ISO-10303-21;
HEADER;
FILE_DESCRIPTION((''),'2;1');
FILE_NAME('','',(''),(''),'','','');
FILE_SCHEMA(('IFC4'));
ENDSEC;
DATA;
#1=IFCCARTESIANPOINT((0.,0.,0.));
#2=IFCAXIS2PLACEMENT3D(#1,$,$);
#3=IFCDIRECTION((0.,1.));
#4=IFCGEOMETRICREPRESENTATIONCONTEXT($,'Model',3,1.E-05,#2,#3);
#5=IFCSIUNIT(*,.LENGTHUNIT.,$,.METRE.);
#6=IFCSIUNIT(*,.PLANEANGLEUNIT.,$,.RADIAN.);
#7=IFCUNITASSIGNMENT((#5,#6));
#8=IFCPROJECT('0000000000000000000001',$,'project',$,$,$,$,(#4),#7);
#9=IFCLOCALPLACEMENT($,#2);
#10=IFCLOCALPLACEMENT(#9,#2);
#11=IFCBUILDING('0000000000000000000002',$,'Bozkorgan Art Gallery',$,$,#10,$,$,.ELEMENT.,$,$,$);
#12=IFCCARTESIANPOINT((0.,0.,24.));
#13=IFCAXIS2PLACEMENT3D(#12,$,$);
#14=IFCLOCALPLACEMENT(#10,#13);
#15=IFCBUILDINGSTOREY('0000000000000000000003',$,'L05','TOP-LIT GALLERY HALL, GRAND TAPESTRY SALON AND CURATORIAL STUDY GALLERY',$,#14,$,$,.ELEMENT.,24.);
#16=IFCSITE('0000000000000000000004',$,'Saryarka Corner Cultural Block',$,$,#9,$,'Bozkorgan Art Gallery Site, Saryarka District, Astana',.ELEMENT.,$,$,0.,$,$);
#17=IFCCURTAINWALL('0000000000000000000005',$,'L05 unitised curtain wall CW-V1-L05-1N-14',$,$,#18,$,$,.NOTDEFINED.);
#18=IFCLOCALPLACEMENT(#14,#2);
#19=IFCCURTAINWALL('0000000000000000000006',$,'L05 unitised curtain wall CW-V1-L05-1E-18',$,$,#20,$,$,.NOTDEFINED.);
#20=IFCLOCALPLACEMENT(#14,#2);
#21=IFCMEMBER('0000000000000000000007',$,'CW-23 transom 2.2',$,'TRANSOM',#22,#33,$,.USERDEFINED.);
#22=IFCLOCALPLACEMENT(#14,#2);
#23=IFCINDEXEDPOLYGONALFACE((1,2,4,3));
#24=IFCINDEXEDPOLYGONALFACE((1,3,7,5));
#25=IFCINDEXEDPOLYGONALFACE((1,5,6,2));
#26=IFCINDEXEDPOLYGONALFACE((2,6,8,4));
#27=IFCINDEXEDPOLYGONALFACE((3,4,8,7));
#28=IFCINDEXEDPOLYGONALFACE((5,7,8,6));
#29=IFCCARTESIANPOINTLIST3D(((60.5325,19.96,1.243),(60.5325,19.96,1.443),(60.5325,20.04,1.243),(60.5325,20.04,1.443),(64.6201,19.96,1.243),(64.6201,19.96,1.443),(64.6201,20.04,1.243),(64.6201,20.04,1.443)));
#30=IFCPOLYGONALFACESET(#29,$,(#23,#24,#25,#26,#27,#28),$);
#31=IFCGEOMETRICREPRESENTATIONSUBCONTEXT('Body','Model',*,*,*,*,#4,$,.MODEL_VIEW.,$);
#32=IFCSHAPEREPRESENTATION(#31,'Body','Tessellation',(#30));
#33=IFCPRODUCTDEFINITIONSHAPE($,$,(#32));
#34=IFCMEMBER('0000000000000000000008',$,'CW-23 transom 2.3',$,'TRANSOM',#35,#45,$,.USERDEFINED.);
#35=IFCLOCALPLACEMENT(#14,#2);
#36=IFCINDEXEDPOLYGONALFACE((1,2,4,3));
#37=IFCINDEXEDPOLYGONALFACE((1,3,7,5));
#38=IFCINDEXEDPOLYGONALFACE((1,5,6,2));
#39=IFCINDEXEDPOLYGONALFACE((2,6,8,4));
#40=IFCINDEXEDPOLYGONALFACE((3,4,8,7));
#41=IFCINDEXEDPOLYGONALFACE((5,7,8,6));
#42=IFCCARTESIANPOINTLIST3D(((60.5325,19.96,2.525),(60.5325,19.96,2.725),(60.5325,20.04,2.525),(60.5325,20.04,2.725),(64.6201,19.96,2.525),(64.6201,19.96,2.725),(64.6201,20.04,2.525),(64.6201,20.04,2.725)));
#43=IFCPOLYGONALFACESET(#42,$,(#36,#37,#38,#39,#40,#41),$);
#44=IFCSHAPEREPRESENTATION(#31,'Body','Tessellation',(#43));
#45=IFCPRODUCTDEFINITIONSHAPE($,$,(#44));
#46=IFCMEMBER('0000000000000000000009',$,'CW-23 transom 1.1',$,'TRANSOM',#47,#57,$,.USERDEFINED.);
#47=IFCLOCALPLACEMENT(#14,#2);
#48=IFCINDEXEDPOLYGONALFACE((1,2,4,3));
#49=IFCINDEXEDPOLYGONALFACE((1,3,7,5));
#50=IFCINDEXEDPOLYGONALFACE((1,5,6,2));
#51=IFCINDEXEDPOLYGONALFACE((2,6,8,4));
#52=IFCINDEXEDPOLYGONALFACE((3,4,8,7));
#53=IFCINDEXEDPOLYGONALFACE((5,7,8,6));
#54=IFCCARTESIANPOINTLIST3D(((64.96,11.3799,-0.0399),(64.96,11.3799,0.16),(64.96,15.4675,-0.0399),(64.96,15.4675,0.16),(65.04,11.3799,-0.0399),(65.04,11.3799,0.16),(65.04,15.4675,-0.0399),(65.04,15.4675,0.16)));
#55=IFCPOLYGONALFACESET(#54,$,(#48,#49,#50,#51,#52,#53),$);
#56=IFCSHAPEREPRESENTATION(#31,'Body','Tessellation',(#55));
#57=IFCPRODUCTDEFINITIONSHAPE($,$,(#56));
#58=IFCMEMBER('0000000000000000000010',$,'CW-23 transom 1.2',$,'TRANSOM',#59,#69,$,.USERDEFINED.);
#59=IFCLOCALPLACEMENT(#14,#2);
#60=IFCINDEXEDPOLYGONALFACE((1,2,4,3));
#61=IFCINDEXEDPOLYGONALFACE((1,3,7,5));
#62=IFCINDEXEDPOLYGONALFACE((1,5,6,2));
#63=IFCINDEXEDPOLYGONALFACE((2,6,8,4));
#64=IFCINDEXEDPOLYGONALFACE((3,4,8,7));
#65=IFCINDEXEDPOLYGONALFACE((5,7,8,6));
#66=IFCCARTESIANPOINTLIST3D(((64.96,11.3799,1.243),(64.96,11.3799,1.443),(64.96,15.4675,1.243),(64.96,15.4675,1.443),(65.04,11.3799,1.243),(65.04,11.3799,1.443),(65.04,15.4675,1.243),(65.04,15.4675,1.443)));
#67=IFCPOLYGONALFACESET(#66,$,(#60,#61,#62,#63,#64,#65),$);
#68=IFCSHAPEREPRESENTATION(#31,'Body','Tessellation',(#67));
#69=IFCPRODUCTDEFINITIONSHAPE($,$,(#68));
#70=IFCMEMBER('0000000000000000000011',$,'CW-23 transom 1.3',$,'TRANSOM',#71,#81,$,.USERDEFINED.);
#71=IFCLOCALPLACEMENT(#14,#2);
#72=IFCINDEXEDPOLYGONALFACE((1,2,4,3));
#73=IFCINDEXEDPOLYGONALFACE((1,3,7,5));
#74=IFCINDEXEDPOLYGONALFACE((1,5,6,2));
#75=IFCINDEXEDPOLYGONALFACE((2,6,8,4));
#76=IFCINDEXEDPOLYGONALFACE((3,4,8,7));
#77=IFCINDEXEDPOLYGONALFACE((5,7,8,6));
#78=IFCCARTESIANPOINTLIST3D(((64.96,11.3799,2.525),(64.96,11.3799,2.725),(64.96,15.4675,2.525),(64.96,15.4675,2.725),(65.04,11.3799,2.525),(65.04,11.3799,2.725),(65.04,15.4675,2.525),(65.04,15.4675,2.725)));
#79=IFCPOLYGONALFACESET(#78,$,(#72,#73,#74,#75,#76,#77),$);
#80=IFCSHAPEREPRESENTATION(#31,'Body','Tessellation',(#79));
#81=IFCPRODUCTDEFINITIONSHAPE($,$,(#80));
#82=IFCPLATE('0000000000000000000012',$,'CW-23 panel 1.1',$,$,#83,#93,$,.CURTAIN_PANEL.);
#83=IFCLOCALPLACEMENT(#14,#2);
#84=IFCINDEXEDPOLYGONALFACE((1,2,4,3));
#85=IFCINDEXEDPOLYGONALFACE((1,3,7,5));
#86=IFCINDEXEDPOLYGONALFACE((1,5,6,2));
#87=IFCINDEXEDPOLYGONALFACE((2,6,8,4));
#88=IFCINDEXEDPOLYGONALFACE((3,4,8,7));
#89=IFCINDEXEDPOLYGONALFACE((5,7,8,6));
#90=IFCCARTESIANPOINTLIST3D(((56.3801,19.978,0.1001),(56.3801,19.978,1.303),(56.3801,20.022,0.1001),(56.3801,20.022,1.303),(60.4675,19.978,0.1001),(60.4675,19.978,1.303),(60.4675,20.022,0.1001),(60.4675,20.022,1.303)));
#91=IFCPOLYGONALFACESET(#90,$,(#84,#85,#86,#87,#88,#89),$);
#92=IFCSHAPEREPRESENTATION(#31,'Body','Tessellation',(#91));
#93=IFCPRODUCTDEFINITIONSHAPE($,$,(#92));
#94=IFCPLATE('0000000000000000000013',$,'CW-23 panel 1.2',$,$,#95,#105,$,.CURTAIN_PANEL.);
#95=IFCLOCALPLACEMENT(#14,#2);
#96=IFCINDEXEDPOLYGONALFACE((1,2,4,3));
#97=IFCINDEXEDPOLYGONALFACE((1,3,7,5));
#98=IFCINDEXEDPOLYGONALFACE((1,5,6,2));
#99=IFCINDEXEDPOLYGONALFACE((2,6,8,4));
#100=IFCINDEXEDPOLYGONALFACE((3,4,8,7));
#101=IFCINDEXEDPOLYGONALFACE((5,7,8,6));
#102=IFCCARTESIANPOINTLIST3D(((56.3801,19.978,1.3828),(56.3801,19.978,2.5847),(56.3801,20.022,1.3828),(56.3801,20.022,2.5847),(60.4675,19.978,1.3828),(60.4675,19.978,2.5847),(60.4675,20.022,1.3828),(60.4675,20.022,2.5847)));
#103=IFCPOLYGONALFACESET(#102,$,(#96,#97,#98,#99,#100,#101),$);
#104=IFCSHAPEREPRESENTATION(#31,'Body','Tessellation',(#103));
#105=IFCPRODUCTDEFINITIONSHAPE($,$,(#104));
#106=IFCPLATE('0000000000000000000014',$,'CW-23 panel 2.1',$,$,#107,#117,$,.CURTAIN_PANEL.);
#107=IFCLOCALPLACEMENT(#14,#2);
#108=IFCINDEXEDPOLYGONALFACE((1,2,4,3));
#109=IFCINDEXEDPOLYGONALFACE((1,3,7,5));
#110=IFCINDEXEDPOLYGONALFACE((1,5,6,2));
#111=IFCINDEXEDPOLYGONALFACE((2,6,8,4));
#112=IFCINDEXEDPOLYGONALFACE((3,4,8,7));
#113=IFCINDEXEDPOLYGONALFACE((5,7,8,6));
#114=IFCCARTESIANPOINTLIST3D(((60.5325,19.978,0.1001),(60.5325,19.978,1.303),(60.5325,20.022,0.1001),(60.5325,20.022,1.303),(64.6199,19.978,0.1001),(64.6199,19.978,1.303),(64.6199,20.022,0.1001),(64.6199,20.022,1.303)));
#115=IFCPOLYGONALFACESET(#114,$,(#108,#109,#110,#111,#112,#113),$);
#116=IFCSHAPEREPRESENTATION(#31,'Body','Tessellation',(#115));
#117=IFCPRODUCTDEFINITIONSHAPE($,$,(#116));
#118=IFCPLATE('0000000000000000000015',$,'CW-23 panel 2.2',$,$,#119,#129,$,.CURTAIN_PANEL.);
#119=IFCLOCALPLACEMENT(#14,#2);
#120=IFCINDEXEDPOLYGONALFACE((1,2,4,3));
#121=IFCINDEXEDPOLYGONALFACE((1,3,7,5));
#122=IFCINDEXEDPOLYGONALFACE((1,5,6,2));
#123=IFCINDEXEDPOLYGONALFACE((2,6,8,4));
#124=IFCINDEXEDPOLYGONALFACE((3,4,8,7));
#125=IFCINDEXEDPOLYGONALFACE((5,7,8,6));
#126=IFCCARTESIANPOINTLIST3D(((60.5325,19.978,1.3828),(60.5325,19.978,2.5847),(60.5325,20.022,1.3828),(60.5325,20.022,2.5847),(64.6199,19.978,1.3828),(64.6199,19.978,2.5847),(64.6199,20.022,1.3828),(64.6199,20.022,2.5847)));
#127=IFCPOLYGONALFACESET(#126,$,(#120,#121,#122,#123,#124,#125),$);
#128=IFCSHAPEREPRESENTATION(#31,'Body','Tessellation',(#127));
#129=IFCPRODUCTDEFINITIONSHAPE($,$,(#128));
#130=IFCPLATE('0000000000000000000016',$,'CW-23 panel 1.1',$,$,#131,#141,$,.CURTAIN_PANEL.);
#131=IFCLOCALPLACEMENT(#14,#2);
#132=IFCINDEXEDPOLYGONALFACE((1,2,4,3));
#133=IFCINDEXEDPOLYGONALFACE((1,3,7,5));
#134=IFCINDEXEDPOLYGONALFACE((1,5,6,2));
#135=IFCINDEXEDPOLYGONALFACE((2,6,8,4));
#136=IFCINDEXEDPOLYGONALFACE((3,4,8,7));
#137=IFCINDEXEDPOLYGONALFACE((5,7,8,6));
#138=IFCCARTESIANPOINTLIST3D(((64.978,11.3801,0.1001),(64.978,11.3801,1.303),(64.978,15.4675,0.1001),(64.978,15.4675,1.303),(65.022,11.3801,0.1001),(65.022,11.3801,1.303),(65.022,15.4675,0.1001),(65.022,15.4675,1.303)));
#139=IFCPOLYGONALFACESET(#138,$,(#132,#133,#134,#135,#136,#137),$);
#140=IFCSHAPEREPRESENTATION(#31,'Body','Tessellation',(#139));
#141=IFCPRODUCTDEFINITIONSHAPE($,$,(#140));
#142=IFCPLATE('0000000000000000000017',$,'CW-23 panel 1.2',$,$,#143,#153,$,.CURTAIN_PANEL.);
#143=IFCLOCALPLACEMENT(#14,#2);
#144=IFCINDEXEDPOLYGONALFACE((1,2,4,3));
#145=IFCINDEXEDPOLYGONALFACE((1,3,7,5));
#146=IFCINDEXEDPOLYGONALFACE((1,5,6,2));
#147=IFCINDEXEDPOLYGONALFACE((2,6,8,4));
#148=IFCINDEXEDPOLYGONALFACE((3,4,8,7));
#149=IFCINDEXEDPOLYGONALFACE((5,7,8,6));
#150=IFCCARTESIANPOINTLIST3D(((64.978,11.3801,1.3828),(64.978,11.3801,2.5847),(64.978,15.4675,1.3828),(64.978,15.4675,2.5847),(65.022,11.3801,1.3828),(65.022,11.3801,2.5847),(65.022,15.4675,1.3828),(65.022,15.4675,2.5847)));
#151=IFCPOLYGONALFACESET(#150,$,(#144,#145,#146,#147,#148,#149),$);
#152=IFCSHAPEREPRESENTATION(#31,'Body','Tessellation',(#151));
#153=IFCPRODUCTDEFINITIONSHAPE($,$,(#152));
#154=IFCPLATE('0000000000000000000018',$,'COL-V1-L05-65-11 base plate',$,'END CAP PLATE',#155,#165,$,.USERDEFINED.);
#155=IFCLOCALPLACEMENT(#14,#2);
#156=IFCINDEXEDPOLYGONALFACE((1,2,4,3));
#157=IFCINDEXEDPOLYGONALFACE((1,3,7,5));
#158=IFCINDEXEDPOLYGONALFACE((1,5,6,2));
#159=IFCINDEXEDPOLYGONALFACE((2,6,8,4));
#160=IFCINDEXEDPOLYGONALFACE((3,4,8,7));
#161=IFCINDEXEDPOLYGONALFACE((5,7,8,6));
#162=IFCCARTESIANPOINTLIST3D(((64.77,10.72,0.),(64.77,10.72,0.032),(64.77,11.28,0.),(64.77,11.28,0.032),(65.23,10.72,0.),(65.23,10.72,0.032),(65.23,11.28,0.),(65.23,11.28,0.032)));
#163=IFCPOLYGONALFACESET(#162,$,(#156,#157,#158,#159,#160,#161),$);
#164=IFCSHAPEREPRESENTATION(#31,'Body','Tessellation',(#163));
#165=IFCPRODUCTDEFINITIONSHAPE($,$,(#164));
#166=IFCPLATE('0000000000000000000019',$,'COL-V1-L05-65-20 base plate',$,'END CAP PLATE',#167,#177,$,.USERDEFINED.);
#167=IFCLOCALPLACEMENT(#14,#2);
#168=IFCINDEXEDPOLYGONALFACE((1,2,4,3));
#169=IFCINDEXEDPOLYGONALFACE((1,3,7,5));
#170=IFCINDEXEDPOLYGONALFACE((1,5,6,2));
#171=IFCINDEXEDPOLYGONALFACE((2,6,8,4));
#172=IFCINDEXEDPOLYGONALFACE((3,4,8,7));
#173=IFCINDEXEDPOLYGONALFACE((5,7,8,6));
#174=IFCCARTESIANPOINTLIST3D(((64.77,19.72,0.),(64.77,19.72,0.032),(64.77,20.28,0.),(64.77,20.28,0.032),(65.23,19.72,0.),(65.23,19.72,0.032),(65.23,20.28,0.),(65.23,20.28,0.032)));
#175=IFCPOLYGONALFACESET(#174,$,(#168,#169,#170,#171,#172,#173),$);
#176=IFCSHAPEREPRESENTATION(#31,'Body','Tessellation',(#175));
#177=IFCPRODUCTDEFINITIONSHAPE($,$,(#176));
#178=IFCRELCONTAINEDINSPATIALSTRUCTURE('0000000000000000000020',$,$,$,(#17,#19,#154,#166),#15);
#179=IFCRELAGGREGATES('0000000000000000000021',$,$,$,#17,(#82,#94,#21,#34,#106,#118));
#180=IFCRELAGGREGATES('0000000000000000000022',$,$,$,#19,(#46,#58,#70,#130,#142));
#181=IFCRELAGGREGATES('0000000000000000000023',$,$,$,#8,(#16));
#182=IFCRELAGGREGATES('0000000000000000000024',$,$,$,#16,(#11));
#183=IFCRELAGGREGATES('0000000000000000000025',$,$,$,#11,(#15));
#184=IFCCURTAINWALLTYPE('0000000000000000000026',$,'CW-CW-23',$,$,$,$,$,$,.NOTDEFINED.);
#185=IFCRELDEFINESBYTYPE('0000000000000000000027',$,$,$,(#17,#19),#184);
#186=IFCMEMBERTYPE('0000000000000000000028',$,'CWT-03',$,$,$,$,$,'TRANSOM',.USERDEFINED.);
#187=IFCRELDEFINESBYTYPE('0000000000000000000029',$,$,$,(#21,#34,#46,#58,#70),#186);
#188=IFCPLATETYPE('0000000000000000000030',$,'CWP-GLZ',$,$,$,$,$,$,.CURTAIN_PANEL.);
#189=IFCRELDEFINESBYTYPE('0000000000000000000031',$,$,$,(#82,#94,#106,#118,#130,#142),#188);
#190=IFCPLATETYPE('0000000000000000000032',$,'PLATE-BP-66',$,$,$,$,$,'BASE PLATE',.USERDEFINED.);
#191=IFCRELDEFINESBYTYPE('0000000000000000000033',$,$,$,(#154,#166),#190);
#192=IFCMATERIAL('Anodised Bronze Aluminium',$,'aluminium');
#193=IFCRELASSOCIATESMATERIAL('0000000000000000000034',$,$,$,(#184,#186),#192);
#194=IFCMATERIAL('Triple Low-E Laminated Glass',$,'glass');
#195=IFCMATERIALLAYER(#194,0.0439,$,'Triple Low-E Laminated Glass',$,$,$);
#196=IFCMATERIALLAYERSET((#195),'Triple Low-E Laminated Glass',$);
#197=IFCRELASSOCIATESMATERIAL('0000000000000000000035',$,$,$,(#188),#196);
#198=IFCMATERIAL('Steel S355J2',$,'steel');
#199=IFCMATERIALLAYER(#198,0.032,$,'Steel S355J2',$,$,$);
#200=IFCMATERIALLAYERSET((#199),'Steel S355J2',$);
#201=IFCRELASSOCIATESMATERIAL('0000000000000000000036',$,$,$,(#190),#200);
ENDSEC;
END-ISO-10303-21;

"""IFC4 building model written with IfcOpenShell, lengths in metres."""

from ifc_helpers import new_model, si_unit, direction, frame, origin, origin_2d, place, context, subcontext, project, spatial, rectangle, extrude, material, layer, layer_set, material_profile, profile_set, type_object, element, aggregate, save


model = new_model("IFC4")

# Units and contexts
model_context = context("Model", 3, precision=1e-05, world=origin(), true_north=direction((0.0, 1.0)))
body_context = subcontext(model_context, "Body", "Model", "MODEL_VIEW")
ifc_project = project(units=[si_unit("LENGTHUNIT", "METRE"), si_unit("PLANEANGLEUNIT", "RADIAN")], contexts=[model_context])

# Site, building, storey
site_placement = place(None, origin())
site = spatial("IfcSite", under=ifc_project, at=site_placement, Name="Saryarka Corner Cultural Block", LongName="Bozkorgan Art Gallery Site, Saryarka District, Astana", CompositionType="ELEMENT", RefElevation=0.0)
building_placement = place(site_placement, origin())
building = spatial("IfcBuilding", under=site, at=building_placement, Name="Bozkorgan Art Gallery", CompositionType="ELEMENT")
storey_placement = place(building_placement, frame((0.0, 0.0, 24.0)))
storey = spatial("IfcBuildingStorey", under=building, at=storey_placement, Name="L05", Description="TOP-LIT GALLERY HALL, GRAND TAPESTRY SALON AND CURATORIAL STUDY GALLERY", CompositionType="ELEMENT", Elevation=24.0)

# Shared definitions
ifc_material_1 = material(Name="Steel S355J2", Category="steel")

# Curtain walls
ifc_material_2 = material(Name="Anodised Bronze Aluminium", Category="aluminium")
curtain_wall_type = type_object("IfcCurtainWallType", Name="CW-CW-23", PredefinedType="NOTDEFINED", material=ifc_material_2)
curtain_wall_1_placement = place(storey_placement, origin())
curtain_wall_1 = element("IfcCurtainWall", 1, at=curtain_wall_1_placement, inside=storey, type_object=curtain_wall_type, Name="L05 unitised curtain wall CW-V1-L05-1N-14", PredefinedType="NOTDEFINED")
curtain_wall_2_placement = place(storey_placement, origin())
curtain_wall_2 = element("IfcCurtainWall", 2, at=curtain_wall_2_placement, inside=storey, type_object=curtain_wall_type, Name="L05 unitised curtain wall CW-V1-L05-1E-18", PredefinedType="NOTDEFINED")

# Members
ifc_material_profile_1 = material_profile(ifc_material_2, rectangle(XDim=0.0801, YDim=0.2, at=origin_2d()), Name="ALU TRANSOM 80x200")
ifc_profile_set_1 = profile_set([ifc_material_profile_1], Name="Anodised Bronze Aluminium")
member_type_1 = type_object("IfcMemberType", Name="CWT-03", ElementType="TRANSOM", PredefinedType="USERDEFINED", material=ifc_profile_set_1)
member_1_placement = place(storey_placement, frame((60.5325, 20.0, 1.343), z_axis=(1.0, 0.0, 0.0), x_axis=(0.0, 1.0, 0.0)))
member_1 = element("IfcMember", 3, at=member_1_placement, type_object=member_type_1, Name="CW-23 transom 2.2", ObjectType="TRANSOM", PredefinedType="USERDEFINED", context=body_context, shape_type="SweptSolid", body=[
    extrude(rectangle(XDim=0.0801, YDim=0.2, at=origin_2d()), origin(), (0.0, 0.0, 1.0), 4.0876),
])
member_2_placement = place(storey_placement, frame((60.5325, 20.0, 2.625), z_axis=(1.0, 0.0, 0.0), x_axis=(0.0, 1.0, 0.0)))
member_2 = element("IfcMember", 4, at=member_2_placement, type_object=member_type_1, Name="CW-23 transom 2.3", ObjectType="TRANSOM", PredefinedType="USERDEFINED", context=body_context, shape_type="SweptSolid", body=[
    extrude(rectangle(XDim=0.0801, YDim=0.2, at=origin_2d()), origin(), (0.0, 0.0, 1.0), 4.0876),
])
member_3_placement = place(storey_placement, frame((65.0, 11.3799, 0.0601), z_axis=(0.0, 1.0, 0.0), x_axis=(-1.0, 0.0, 0.0)))
member_3 = element("IfcMember", 5, at=member_3_placement, type_object=member_type_1, Name="CW-23 transom 1.1", ObjectType="TRANSOM", PredefinedType="USERDEFINED", context=body_context, shape_type="SweptSolid", body=[
    extrude(rectangle(XDim=0.0801, YDim=0.2, at=origin_2d()), origin(), (0.0, 0.0, 1.0), 4.0876),
])
member_4_placement = place(storey_placement, frame((65.0, 11.3799, 1.343), z_axis=(0.0, 1.0, 0.0), x_axis=(-1.0, 0.0, 0.0)))
member_4 = element("IfcMember", 6, at=member_4_placement, type_object=member_type_1, Name="CW-23 transom 1.2", ObjectType="TRANSOM", PredefinedType="USERDEFINED", context=body_context, shape_type="SweptSolid", body=[
    extrude(rectangle(XDim=0.0801, YDim=0.2, at=origin_2d()), origin(), (0.0, 0.0, 1.0), 4.0876),
])
member_5_placement = place(storey_placement, frame((65.0, 11.3799, 2.625), z_axis=(0.0, 1.0, 0.0), x_axis=(-1.0, 0.0, 0.0)))
member_5 = element("IfcMember", 7, at=member_5_placement, type_object=member_type_1, Name="CW-23 transom 1.3", ObjectType="TRANSOM", PredefinedType="USERDEFINED", context=body_context, shape_type="SweptSolid", body=[
    extrude(rectangle(XDim=0.0801, YDim=0.2, at=origin_2d()), origin(), (0.0, 0.0, 1.0), 4.0876),
])

# Plates
ifc_material_3 = material(Name="Triple Low-E Laminated Glass", Category="glass")
ifc_layer_1 = layer(ifc_material_3, 0.0439, Name="Triple Low-E Laminated Glass")
ifc_layer_set_1 = layer_set([ifc_layer_1], Name="Triple Low-E Laminated Glass")
plate_type_1 = type_object("IfcPlateType", Name="CWP-GLZ", PredefinedType="CURTAIN_PANEL", material=ifc_layer_set_1)
plate_1_placement = place(storey_placement, frame((58.4238, 20.0, 0.1001), z_axis=(0.0, 0.0, 1.0), x_axis=(1.0, 0.0, 0.0)))
plate_1 = element("IfcPlate", 8, at=plate_1_placement, type_object=plate_type_1, Name="CW-23 panel 1.1", PredefinedType="CURTAIN_PANEL", context=body_context, shape_type="SweptSolid", body=[
    extrude(rectangle(XDim=4.0874, YDim=0.0439, at=origin_2d()), origin(), (0.0, 0.0, 1.0), 1.2029),
])
plate_2_placement = place(storey_placement, frame((58.4238, 20.0, 1.3828), z_axis=(0.0, 0.0, 1.0), x_axis=(1.0, 0.0, 0.0)))
plate_2 = element("IfcPlate", 9, at=plate_2_placement, type_object=plate_type_1, Name="CW-23 panel 1.2", PredefinedType="CURTAIN_PANEL", context=body_context, shape_type="SweptSolid", body=[
    extrude(rectangle(XDim=4.0874, YDim=0.0439, at=origin_2d()), origin(), (0.0, 0.0, 1.0), 1.2019),
])
plate_3_placement = place(storey_placement, frame((62.5762, 20.0, 0.1001), z_axis=(0.0, 0.0, 1.0), x_axis=(1.0, 0.0, 0.0)))
plate_3 = element("IfcPlate", 10, at=plate_3_placement, type_object=plate_type_1, Name="CW-23 panel 2.1", PredefinedType="CURTAIN_PANEL", context=body_context, shape_type="SweptSolid", body=[
    extrude(rectangle(XDim=4.0874, YDim=0.0439, at=origin_2d()), origin(), (0.0, 0.0, 1.0), 1.2029),
])
plate_4_placement = place(storey_placement, frame((62.5762, 20.0, 1.3828), z_axis=(0.0, 0.0, 1.0), x_axis=(1.0, 0.0, 0.0)))
plate_4 = element("IfcPlate", 11, at=plate_4_placement, type_object=plate_type_1, Name="CW-23 panel 2.2", PredefinedType="CURTAIN_PANEL", context=body_context, shape_type="SweptSolid", body=[
    extrude(rectangle(XDim=4.0874, YDim=0.0439, at=origin_2d()), origin(), (0.0, 0.0, 1.0), 1.2019),
])
aggregate(curtain_wall_1, [plate_1, plate_2, member_1, member_2, plate_3, plate_4])
plate_5_placement = place(storey_placement, frame((65.0, 13.4238, 0.1001), z_axis=(0.0, 0.0, 1.0), x_axis=(0.0, 1.0, 0.0)))
plate_5 = element("IfcPlate", 12, at=plate_5_placement, type_object=plate_type_1, Name="CW-23 panel 1.1", PredefinedType="CURTAIN_PANEL", context=body_context, shape_type="SweptSolid", body=[
    extrude(rectangle(XDim=4.0874, YDim=0.0439, at=origin_2d()), origin(), (0.0, 0.0, 1.0), 1.2029),
])
plate_6_placement = place(storey_placement, frame((65.0, 13.4238, 1.3828), z_axis=(0.0, 0.0, 1.0), x_axis=(0.0, 1.0, 0.0)))
plate_6 = element("IfcPlate", 13, at=plate_6_placement, type_object=plate_type_1, Name="CW-23 panel 1.2", PredefinedType="CURTAIN_PANEL", context=body_context, shape_type="SweptSolid", body=[
    extrude(rectangle(XDim=4.0874, YDim=0.0439, at=origin_2d()), origin(), (0.0, 0.0, 1.0), 1.2019),
])
aggregate(curtain_wall_2, [member_3, member_4, member_5, plate_5, plate_6])

# Plates
ifc_layer_2 = layer(ifc_material_1, 0.032, Name="Steel S355J2")
ifc_layer_set_2 = layer_set([ifc_layer_2], Name="Steel S355J2")
plate_type_2 = type_object("IfcPlateType", Name="PLATE-BP-66", ElementType="BASE PLATE", PredefinedType="USERDEFINED", material=ifc_layer_set_2)
for number, where, z_axis, x_axis, name in (
    (14, (65.0, 11.0, 0.0), (0.0, 0.0, 1.0), (1.0, 0.0, 0.0), "COL-V1-L05-65-11 base plate"),
    (15, (65.0, 20.0, 0.0), (0.0, 0.0, 1.0), (1.0, 0.0, 0.0), "COL-V1-L05-65-20 base plate"),
):
    element("IfcPlate", number, at=place(storey_placement, frame(where, z_axis=z_axis, x_axis=x_axis)), inside=storey, type_object=plate_type_2, Name=name, ObjectType="END CAP PLATE", PredefinedType="USERDEFINED", context=body_context, shape_type="SweptSolid", body=[
        extrude(rectangle(XDim=0.46, YDim=0.5601, at=origin_2d()), origin(), (0.0, 0.0, 1.0), 0.032),
    ])

save(model, "model.ifc")
